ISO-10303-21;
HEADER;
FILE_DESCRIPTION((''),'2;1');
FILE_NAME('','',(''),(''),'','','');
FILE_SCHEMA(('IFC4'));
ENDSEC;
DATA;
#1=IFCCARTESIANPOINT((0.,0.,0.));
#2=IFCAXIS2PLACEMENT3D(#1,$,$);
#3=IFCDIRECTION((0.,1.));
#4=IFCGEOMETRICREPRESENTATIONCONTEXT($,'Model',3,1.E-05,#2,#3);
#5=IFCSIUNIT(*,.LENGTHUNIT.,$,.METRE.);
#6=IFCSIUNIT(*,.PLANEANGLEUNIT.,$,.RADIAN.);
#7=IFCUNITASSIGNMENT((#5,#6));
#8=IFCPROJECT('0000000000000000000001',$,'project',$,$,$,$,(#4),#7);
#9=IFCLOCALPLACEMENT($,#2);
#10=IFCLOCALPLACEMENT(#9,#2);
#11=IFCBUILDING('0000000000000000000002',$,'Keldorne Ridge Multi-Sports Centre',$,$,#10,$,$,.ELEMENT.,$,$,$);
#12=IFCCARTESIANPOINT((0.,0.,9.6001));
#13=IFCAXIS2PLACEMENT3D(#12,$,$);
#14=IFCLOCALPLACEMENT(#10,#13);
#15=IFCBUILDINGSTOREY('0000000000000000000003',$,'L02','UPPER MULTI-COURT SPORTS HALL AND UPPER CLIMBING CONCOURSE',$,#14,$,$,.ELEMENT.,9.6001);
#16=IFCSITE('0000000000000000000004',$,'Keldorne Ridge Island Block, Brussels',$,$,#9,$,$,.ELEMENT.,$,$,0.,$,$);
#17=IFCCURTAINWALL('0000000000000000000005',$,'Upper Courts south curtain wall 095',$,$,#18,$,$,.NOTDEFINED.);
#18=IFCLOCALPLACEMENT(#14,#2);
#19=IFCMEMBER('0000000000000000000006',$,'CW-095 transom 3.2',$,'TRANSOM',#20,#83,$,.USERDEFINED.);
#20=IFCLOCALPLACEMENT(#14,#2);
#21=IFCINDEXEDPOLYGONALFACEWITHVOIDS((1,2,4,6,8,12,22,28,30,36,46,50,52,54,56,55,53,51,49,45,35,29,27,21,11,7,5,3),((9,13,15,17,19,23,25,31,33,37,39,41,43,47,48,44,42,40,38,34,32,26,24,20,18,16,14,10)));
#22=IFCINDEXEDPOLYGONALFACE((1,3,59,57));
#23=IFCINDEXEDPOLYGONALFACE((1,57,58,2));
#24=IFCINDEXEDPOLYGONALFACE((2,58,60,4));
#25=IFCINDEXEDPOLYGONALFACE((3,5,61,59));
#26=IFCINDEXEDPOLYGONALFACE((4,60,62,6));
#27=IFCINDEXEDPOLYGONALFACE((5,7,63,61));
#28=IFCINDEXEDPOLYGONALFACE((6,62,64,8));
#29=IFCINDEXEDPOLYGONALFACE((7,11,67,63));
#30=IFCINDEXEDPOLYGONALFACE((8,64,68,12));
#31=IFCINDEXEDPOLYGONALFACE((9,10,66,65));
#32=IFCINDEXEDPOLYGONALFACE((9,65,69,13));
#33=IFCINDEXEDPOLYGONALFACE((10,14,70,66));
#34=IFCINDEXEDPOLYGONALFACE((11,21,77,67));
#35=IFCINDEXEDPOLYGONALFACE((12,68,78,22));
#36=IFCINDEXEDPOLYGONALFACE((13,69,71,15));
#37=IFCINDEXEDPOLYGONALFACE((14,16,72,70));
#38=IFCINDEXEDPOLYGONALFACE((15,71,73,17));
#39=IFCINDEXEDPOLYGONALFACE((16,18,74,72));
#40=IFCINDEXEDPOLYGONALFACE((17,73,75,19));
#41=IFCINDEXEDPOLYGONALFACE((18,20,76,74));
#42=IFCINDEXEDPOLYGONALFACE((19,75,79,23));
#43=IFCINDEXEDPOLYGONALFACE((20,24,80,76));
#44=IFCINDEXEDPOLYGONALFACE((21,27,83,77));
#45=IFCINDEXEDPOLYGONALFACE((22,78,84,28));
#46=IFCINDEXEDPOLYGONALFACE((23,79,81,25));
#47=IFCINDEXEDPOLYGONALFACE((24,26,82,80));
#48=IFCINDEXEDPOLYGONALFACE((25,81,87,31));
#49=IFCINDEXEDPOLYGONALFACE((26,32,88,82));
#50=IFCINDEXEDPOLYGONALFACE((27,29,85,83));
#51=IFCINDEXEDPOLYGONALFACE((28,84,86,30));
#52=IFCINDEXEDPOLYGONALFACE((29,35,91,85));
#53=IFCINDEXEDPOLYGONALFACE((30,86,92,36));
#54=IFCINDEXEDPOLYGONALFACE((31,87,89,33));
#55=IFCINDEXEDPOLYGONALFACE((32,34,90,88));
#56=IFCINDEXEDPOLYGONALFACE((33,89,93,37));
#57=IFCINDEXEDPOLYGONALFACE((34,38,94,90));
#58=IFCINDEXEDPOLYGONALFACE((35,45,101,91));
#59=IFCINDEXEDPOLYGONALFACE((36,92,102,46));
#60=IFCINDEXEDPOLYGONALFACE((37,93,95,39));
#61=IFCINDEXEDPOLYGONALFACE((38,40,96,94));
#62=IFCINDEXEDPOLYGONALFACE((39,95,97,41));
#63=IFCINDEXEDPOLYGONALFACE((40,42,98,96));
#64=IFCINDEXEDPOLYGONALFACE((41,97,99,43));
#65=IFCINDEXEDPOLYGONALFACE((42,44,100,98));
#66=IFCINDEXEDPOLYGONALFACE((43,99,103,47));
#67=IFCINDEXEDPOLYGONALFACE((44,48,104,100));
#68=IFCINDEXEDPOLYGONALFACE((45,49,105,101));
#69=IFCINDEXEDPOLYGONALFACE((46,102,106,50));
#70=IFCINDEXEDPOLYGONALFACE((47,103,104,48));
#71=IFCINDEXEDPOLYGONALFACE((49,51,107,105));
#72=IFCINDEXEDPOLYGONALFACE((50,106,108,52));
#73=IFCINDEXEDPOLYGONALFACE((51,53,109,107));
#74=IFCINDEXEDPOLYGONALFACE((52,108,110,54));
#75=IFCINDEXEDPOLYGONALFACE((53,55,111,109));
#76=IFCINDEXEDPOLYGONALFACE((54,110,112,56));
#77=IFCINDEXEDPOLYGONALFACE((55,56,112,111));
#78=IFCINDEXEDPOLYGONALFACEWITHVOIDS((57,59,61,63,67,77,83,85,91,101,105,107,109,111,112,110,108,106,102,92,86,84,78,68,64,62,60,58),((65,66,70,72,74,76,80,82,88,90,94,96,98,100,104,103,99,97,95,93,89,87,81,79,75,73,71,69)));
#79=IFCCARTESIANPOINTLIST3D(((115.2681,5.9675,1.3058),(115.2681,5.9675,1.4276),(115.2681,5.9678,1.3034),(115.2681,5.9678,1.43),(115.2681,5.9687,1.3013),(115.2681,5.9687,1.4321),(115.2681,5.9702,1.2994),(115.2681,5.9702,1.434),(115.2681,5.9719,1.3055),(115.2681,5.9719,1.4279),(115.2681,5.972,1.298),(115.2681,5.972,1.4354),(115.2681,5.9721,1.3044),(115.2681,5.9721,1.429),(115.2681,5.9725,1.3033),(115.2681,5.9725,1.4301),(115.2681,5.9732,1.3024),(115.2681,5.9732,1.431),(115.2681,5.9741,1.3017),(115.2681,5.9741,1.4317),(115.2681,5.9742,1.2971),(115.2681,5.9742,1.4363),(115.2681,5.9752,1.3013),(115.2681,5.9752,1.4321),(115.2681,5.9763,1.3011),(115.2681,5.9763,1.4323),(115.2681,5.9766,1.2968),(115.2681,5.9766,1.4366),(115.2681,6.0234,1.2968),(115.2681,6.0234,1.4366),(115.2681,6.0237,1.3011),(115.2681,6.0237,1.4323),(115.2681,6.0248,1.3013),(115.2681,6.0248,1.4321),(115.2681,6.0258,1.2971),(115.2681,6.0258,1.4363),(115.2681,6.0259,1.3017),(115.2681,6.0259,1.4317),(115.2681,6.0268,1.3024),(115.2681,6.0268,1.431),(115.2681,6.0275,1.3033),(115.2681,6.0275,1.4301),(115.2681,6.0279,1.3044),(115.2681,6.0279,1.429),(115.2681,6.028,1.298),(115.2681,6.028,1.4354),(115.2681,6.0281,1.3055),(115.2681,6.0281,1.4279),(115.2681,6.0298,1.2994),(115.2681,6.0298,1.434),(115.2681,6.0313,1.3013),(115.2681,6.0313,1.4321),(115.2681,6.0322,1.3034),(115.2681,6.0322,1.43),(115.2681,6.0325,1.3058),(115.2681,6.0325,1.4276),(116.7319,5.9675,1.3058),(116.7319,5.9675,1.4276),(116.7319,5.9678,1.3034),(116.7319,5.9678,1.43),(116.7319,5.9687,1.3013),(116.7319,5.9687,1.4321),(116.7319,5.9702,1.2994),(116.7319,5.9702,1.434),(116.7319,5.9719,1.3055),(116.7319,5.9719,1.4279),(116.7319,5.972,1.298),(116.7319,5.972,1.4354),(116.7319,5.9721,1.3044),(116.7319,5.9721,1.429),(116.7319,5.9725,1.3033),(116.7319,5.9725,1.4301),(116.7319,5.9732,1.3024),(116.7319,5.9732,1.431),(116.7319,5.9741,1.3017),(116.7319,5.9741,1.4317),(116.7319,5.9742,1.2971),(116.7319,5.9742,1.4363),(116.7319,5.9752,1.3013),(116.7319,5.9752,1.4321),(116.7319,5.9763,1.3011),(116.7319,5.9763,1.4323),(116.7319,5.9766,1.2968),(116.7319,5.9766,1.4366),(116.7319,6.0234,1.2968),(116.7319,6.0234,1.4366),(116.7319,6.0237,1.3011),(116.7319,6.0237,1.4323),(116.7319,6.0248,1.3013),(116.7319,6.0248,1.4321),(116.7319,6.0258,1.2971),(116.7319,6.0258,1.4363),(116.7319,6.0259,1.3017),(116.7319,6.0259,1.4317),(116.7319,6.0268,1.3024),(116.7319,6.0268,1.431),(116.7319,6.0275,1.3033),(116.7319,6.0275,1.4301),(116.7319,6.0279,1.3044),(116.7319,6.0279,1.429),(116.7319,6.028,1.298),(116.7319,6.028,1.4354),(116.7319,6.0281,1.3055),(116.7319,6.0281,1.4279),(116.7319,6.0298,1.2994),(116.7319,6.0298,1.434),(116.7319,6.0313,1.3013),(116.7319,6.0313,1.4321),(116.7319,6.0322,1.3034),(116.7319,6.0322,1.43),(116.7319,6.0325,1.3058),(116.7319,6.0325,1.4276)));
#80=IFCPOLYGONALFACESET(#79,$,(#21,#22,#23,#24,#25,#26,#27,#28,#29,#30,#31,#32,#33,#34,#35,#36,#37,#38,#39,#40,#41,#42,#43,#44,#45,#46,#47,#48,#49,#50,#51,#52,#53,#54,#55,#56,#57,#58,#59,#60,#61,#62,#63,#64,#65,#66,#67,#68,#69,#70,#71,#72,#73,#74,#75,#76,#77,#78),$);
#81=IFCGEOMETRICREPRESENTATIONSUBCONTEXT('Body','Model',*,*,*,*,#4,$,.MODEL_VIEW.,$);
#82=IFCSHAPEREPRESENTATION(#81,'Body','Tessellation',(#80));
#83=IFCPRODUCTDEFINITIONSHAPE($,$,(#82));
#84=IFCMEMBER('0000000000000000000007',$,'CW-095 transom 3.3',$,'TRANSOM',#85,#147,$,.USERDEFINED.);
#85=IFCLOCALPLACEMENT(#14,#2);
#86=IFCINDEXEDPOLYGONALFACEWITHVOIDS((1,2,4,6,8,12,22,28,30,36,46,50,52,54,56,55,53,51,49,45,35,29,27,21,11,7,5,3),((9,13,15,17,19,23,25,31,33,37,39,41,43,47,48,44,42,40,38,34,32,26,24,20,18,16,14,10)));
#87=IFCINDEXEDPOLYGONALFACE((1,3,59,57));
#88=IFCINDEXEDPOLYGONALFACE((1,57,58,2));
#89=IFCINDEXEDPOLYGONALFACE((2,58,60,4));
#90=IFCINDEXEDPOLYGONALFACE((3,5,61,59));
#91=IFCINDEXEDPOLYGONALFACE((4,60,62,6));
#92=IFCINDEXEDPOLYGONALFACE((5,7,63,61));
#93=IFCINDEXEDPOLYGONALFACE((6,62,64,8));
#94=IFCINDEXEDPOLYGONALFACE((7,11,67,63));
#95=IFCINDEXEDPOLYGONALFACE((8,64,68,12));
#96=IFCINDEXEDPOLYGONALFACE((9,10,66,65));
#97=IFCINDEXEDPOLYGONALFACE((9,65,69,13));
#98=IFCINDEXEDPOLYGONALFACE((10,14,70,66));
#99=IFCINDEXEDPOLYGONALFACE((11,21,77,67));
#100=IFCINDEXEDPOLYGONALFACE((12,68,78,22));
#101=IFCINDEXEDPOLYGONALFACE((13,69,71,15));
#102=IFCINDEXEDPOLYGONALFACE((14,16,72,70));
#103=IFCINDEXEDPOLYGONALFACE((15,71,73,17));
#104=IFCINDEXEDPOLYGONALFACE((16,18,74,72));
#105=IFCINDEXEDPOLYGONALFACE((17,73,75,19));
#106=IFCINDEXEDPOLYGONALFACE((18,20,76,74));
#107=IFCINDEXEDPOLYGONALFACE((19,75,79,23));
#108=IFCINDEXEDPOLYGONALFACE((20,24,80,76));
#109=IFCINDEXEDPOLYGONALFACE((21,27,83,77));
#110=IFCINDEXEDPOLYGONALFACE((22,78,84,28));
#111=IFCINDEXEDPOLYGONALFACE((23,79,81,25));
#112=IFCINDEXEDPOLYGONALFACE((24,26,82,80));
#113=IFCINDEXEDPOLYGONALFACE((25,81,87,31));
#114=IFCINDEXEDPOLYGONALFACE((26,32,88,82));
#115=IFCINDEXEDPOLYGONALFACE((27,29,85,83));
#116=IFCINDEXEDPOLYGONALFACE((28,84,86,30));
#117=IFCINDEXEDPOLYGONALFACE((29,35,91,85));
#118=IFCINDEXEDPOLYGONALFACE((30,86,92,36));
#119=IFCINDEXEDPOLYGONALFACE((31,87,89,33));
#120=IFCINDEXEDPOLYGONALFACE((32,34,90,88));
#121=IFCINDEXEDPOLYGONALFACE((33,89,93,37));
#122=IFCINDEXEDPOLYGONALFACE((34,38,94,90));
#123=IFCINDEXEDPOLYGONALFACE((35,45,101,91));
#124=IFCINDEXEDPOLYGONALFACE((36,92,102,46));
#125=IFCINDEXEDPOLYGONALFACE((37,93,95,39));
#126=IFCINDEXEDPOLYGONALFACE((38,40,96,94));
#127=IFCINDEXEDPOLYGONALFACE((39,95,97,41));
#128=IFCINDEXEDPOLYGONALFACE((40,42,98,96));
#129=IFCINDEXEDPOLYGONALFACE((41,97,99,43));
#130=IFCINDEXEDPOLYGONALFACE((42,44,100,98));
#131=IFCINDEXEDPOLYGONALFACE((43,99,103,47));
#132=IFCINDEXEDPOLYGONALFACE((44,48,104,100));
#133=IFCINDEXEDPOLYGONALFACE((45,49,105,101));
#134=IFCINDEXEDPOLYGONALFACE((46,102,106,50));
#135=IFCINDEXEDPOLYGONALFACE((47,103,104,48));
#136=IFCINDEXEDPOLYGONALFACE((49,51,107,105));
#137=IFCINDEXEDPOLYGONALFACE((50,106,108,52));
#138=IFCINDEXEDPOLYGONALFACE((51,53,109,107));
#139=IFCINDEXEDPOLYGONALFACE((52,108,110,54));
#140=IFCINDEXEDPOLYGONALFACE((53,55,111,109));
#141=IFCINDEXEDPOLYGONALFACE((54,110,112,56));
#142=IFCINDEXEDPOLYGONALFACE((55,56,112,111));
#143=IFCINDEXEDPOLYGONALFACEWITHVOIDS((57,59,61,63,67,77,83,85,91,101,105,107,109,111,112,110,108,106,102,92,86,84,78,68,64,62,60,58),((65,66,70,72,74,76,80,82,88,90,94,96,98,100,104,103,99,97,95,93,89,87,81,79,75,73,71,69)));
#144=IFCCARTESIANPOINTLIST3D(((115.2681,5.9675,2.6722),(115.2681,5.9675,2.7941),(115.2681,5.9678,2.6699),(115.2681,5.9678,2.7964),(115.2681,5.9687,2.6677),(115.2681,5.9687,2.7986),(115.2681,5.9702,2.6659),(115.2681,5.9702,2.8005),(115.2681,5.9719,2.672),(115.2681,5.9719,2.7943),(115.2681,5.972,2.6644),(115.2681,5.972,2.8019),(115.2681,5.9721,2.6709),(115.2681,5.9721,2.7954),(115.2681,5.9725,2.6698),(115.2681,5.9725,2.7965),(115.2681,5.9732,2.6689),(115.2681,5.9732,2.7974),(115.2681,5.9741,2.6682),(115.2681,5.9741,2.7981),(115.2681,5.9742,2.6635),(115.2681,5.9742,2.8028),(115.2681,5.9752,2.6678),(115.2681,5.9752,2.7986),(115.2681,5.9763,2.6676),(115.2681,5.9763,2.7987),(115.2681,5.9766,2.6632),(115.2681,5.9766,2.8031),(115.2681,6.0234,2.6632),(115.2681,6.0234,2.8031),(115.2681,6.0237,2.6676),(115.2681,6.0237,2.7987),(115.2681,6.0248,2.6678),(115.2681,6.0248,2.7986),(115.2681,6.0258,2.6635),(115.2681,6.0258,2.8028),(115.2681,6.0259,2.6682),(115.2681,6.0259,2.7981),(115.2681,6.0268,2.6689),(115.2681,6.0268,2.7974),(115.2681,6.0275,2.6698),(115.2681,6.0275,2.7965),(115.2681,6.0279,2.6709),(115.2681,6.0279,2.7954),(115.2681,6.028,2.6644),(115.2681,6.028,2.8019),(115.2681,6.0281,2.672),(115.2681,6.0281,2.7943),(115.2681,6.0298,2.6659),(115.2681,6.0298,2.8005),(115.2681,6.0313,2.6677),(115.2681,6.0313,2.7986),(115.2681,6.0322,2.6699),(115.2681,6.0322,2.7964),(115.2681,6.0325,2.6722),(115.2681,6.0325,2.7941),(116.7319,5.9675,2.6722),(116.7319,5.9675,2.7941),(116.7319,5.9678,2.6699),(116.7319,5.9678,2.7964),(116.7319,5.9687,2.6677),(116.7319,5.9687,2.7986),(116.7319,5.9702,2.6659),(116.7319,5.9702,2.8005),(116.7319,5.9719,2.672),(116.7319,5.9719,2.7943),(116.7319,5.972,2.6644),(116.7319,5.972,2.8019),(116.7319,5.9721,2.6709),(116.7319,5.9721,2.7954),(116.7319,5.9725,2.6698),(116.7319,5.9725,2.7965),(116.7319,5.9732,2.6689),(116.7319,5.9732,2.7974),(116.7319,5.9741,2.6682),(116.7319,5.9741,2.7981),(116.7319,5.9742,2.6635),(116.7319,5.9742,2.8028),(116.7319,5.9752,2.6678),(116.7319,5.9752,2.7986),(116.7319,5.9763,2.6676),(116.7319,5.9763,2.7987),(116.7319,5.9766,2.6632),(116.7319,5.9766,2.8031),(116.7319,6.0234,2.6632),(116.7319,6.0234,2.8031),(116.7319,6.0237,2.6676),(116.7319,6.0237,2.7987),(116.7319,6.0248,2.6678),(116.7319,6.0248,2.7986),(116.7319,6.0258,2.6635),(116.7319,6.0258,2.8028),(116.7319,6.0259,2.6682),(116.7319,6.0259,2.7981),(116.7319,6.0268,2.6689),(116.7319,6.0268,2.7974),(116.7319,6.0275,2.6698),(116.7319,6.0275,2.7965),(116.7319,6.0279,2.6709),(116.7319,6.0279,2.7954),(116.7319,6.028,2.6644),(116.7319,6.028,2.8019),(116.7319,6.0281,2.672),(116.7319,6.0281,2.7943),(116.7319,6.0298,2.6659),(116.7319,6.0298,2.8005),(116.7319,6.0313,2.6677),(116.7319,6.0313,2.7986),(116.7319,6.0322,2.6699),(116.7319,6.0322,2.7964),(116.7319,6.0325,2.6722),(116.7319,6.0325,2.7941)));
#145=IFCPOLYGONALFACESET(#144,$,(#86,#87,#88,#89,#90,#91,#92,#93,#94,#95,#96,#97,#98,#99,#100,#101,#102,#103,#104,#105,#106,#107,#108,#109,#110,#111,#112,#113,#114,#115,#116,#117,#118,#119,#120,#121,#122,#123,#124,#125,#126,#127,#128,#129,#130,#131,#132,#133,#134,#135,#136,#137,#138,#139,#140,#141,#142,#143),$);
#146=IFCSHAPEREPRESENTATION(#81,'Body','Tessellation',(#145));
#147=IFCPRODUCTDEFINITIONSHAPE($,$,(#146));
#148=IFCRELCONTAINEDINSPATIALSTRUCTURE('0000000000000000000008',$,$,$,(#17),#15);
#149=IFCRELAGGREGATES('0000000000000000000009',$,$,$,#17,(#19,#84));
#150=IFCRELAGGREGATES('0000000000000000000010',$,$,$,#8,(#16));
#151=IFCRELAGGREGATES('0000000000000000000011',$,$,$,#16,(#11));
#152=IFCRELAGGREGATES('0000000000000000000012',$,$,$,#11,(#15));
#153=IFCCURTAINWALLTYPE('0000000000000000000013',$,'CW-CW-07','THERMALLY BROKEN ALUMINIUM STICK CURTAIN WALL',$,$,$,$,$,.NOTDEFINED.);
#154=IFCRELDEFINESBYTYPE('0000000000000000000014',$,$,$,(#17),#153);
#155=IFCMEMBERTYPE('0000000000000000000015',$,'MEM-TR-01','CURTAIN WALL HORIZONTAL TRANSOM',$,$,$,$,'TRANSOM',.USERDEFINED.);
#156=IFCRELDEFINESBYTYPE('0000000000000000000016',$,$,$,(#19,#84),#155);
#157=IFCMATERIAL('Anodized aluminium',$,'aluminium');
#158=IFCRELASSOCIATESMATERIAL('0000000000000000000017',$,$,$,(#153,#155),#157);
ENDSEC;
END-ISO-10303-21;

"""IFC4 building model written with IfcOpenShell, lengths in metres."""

from ifc_helpers import new_model, si_unit, direction, frame, origin, origin_2d, place, context, subcontext, project, spatial, hollow_rectangle, extrude, material, material_profile, profile_set, type_object, element, aggregate, save


model = new_model("IFC4")

# Units and contexts
model_context = context("Model", 3, precision=1e-05, world=origin(), true_north=direction((0.0, 1.0)))
body_context = subcontext(model_context, "Body", "Model", "MODEL_VIEW")
ifc_project = project(units=[si_unit("LENGTHUNIT", "METRE"), si_unit("PLANEANGLEUNIT", "RADIAN")], contexts=[model_context])

# Site, building, storey
site_placement = place(None, origin())
site = spatial("IfcSite", under=ifc_project, at=site_placement, Name="Keldorne Ridge Island Block, Brussels", CompositionType="ELEMENT", RefElevation=0.0)
building_placement = place(site_placement, origin())
building = spatial("IfcBuilding", under=site, at=building_placement, Name="Keldorne Ridge Multi-Sports Centre", CompositionType="ELEMENT")
storey_placement = place(building_placement, frame((0.0, 0.0, 9.6001)))
storey = spatial("IfcBuildingStorey", under=building, at=storey_placement, Name="L02", Description="UPPER MULTI-COURT SPORTS HALL AND UPPER CLIMBING CONCOURSE", CompositionType="ELEMENT", Elevation=9.6001)

# Curtain wall, members
ifc_material_1 = material(Name="Anodized aluminium", Category="aluminium")
curtain_wall_type = type_object("IfcCurtainWallType", Name="CW-CW-07", Description="THERMALLY BROKEN ALUMINIUM STICK CURTAIN WALL", PredefinedType="NOTDEFINED", material=ifc_material_1)
curtain_wall_placement = place(storey_placement, origin())
curtain_wall = element("IfcCurtainWall", 1, at=curtain_wall_placement, inside=storey, type_object=curtain_wall_type, Name="Upper Courts south curtain wall 095", PredefinedType="NOTDEFINED")
ifc_material_profile_1 = material_profile(ifc_material_1, hollow_rectangle(XDim=0.0649, YDim=0.1399, WallThickness=0.0044, InnerFilletRadius=0.0044, OuterFilletRadius=0.009, at=origin_2d()), Name="ALU TRANSOM 140x65x4.5")
ifc_profile_set_1 = profile_set([ifc_material_profile_1], Name="Anodized aluminium")
member_type_1 = type_object("IfcMemberType", Name="MEM-TR-01", Description="CURTAIN WALL HORIZONTAL TRANSOM", ElementType="TRANSOM", PredefinedType="USERDEFINED", material=ifc_profile_set_1)
member_1_placement = place(storey_placement, frame((115.2681, 6.0, 1.3667), z_axis=(1.0, 0.0, 0.0), x_axis=(0.0, 1.0, 0.0)))
member_1 = element("IfcMember", 2, at=member_1_placement, type_object=member_type_1, Name="CW-095 transom 3.2", ObjectType="TRANSOM", PredefinedType="USERDEFINED", context=body_context, shape_type="SweptSolid", body=[
    extrude(hollow_rectangle(XDim=0.0649, YDim=0.1399, WallThickness=0.0044, InnerFilletRadius=0.0044, OuterFilletRadius=0.009, at=origin_2d()), origin(), (0.0, 0.0, 1.0), 1.4639),
])
member_2_placement = place(storey_placement, frame((115.2681, 6.0, 2.7332), z_axis=(1.0, 0.0, 0.0), x_axis=(0.0, 1.0, 0.0)))
member_2 = element("IfcMember", 3, at=member_2_placement, type_object=member_type_1, Name="CW-095 transom 3.3", ObjectType="TRANSOM", PredefinedType="USERDEFINED", context=body_context, shape_type="SweptSolid", body=[
    extrude(hollow_rectangle(XDim=0.0649, YDim=0.1399, WallThickness=0.0044, InnerFilletRadius=0.0044, OuterFilletRadius=0.009, at=origin_2d()), origin(), (0.0, 0.0, 1.0), 1.4639),
])
aggregate(curtain_wall, [member_1, member_2])

save(model, "model.ifc")
